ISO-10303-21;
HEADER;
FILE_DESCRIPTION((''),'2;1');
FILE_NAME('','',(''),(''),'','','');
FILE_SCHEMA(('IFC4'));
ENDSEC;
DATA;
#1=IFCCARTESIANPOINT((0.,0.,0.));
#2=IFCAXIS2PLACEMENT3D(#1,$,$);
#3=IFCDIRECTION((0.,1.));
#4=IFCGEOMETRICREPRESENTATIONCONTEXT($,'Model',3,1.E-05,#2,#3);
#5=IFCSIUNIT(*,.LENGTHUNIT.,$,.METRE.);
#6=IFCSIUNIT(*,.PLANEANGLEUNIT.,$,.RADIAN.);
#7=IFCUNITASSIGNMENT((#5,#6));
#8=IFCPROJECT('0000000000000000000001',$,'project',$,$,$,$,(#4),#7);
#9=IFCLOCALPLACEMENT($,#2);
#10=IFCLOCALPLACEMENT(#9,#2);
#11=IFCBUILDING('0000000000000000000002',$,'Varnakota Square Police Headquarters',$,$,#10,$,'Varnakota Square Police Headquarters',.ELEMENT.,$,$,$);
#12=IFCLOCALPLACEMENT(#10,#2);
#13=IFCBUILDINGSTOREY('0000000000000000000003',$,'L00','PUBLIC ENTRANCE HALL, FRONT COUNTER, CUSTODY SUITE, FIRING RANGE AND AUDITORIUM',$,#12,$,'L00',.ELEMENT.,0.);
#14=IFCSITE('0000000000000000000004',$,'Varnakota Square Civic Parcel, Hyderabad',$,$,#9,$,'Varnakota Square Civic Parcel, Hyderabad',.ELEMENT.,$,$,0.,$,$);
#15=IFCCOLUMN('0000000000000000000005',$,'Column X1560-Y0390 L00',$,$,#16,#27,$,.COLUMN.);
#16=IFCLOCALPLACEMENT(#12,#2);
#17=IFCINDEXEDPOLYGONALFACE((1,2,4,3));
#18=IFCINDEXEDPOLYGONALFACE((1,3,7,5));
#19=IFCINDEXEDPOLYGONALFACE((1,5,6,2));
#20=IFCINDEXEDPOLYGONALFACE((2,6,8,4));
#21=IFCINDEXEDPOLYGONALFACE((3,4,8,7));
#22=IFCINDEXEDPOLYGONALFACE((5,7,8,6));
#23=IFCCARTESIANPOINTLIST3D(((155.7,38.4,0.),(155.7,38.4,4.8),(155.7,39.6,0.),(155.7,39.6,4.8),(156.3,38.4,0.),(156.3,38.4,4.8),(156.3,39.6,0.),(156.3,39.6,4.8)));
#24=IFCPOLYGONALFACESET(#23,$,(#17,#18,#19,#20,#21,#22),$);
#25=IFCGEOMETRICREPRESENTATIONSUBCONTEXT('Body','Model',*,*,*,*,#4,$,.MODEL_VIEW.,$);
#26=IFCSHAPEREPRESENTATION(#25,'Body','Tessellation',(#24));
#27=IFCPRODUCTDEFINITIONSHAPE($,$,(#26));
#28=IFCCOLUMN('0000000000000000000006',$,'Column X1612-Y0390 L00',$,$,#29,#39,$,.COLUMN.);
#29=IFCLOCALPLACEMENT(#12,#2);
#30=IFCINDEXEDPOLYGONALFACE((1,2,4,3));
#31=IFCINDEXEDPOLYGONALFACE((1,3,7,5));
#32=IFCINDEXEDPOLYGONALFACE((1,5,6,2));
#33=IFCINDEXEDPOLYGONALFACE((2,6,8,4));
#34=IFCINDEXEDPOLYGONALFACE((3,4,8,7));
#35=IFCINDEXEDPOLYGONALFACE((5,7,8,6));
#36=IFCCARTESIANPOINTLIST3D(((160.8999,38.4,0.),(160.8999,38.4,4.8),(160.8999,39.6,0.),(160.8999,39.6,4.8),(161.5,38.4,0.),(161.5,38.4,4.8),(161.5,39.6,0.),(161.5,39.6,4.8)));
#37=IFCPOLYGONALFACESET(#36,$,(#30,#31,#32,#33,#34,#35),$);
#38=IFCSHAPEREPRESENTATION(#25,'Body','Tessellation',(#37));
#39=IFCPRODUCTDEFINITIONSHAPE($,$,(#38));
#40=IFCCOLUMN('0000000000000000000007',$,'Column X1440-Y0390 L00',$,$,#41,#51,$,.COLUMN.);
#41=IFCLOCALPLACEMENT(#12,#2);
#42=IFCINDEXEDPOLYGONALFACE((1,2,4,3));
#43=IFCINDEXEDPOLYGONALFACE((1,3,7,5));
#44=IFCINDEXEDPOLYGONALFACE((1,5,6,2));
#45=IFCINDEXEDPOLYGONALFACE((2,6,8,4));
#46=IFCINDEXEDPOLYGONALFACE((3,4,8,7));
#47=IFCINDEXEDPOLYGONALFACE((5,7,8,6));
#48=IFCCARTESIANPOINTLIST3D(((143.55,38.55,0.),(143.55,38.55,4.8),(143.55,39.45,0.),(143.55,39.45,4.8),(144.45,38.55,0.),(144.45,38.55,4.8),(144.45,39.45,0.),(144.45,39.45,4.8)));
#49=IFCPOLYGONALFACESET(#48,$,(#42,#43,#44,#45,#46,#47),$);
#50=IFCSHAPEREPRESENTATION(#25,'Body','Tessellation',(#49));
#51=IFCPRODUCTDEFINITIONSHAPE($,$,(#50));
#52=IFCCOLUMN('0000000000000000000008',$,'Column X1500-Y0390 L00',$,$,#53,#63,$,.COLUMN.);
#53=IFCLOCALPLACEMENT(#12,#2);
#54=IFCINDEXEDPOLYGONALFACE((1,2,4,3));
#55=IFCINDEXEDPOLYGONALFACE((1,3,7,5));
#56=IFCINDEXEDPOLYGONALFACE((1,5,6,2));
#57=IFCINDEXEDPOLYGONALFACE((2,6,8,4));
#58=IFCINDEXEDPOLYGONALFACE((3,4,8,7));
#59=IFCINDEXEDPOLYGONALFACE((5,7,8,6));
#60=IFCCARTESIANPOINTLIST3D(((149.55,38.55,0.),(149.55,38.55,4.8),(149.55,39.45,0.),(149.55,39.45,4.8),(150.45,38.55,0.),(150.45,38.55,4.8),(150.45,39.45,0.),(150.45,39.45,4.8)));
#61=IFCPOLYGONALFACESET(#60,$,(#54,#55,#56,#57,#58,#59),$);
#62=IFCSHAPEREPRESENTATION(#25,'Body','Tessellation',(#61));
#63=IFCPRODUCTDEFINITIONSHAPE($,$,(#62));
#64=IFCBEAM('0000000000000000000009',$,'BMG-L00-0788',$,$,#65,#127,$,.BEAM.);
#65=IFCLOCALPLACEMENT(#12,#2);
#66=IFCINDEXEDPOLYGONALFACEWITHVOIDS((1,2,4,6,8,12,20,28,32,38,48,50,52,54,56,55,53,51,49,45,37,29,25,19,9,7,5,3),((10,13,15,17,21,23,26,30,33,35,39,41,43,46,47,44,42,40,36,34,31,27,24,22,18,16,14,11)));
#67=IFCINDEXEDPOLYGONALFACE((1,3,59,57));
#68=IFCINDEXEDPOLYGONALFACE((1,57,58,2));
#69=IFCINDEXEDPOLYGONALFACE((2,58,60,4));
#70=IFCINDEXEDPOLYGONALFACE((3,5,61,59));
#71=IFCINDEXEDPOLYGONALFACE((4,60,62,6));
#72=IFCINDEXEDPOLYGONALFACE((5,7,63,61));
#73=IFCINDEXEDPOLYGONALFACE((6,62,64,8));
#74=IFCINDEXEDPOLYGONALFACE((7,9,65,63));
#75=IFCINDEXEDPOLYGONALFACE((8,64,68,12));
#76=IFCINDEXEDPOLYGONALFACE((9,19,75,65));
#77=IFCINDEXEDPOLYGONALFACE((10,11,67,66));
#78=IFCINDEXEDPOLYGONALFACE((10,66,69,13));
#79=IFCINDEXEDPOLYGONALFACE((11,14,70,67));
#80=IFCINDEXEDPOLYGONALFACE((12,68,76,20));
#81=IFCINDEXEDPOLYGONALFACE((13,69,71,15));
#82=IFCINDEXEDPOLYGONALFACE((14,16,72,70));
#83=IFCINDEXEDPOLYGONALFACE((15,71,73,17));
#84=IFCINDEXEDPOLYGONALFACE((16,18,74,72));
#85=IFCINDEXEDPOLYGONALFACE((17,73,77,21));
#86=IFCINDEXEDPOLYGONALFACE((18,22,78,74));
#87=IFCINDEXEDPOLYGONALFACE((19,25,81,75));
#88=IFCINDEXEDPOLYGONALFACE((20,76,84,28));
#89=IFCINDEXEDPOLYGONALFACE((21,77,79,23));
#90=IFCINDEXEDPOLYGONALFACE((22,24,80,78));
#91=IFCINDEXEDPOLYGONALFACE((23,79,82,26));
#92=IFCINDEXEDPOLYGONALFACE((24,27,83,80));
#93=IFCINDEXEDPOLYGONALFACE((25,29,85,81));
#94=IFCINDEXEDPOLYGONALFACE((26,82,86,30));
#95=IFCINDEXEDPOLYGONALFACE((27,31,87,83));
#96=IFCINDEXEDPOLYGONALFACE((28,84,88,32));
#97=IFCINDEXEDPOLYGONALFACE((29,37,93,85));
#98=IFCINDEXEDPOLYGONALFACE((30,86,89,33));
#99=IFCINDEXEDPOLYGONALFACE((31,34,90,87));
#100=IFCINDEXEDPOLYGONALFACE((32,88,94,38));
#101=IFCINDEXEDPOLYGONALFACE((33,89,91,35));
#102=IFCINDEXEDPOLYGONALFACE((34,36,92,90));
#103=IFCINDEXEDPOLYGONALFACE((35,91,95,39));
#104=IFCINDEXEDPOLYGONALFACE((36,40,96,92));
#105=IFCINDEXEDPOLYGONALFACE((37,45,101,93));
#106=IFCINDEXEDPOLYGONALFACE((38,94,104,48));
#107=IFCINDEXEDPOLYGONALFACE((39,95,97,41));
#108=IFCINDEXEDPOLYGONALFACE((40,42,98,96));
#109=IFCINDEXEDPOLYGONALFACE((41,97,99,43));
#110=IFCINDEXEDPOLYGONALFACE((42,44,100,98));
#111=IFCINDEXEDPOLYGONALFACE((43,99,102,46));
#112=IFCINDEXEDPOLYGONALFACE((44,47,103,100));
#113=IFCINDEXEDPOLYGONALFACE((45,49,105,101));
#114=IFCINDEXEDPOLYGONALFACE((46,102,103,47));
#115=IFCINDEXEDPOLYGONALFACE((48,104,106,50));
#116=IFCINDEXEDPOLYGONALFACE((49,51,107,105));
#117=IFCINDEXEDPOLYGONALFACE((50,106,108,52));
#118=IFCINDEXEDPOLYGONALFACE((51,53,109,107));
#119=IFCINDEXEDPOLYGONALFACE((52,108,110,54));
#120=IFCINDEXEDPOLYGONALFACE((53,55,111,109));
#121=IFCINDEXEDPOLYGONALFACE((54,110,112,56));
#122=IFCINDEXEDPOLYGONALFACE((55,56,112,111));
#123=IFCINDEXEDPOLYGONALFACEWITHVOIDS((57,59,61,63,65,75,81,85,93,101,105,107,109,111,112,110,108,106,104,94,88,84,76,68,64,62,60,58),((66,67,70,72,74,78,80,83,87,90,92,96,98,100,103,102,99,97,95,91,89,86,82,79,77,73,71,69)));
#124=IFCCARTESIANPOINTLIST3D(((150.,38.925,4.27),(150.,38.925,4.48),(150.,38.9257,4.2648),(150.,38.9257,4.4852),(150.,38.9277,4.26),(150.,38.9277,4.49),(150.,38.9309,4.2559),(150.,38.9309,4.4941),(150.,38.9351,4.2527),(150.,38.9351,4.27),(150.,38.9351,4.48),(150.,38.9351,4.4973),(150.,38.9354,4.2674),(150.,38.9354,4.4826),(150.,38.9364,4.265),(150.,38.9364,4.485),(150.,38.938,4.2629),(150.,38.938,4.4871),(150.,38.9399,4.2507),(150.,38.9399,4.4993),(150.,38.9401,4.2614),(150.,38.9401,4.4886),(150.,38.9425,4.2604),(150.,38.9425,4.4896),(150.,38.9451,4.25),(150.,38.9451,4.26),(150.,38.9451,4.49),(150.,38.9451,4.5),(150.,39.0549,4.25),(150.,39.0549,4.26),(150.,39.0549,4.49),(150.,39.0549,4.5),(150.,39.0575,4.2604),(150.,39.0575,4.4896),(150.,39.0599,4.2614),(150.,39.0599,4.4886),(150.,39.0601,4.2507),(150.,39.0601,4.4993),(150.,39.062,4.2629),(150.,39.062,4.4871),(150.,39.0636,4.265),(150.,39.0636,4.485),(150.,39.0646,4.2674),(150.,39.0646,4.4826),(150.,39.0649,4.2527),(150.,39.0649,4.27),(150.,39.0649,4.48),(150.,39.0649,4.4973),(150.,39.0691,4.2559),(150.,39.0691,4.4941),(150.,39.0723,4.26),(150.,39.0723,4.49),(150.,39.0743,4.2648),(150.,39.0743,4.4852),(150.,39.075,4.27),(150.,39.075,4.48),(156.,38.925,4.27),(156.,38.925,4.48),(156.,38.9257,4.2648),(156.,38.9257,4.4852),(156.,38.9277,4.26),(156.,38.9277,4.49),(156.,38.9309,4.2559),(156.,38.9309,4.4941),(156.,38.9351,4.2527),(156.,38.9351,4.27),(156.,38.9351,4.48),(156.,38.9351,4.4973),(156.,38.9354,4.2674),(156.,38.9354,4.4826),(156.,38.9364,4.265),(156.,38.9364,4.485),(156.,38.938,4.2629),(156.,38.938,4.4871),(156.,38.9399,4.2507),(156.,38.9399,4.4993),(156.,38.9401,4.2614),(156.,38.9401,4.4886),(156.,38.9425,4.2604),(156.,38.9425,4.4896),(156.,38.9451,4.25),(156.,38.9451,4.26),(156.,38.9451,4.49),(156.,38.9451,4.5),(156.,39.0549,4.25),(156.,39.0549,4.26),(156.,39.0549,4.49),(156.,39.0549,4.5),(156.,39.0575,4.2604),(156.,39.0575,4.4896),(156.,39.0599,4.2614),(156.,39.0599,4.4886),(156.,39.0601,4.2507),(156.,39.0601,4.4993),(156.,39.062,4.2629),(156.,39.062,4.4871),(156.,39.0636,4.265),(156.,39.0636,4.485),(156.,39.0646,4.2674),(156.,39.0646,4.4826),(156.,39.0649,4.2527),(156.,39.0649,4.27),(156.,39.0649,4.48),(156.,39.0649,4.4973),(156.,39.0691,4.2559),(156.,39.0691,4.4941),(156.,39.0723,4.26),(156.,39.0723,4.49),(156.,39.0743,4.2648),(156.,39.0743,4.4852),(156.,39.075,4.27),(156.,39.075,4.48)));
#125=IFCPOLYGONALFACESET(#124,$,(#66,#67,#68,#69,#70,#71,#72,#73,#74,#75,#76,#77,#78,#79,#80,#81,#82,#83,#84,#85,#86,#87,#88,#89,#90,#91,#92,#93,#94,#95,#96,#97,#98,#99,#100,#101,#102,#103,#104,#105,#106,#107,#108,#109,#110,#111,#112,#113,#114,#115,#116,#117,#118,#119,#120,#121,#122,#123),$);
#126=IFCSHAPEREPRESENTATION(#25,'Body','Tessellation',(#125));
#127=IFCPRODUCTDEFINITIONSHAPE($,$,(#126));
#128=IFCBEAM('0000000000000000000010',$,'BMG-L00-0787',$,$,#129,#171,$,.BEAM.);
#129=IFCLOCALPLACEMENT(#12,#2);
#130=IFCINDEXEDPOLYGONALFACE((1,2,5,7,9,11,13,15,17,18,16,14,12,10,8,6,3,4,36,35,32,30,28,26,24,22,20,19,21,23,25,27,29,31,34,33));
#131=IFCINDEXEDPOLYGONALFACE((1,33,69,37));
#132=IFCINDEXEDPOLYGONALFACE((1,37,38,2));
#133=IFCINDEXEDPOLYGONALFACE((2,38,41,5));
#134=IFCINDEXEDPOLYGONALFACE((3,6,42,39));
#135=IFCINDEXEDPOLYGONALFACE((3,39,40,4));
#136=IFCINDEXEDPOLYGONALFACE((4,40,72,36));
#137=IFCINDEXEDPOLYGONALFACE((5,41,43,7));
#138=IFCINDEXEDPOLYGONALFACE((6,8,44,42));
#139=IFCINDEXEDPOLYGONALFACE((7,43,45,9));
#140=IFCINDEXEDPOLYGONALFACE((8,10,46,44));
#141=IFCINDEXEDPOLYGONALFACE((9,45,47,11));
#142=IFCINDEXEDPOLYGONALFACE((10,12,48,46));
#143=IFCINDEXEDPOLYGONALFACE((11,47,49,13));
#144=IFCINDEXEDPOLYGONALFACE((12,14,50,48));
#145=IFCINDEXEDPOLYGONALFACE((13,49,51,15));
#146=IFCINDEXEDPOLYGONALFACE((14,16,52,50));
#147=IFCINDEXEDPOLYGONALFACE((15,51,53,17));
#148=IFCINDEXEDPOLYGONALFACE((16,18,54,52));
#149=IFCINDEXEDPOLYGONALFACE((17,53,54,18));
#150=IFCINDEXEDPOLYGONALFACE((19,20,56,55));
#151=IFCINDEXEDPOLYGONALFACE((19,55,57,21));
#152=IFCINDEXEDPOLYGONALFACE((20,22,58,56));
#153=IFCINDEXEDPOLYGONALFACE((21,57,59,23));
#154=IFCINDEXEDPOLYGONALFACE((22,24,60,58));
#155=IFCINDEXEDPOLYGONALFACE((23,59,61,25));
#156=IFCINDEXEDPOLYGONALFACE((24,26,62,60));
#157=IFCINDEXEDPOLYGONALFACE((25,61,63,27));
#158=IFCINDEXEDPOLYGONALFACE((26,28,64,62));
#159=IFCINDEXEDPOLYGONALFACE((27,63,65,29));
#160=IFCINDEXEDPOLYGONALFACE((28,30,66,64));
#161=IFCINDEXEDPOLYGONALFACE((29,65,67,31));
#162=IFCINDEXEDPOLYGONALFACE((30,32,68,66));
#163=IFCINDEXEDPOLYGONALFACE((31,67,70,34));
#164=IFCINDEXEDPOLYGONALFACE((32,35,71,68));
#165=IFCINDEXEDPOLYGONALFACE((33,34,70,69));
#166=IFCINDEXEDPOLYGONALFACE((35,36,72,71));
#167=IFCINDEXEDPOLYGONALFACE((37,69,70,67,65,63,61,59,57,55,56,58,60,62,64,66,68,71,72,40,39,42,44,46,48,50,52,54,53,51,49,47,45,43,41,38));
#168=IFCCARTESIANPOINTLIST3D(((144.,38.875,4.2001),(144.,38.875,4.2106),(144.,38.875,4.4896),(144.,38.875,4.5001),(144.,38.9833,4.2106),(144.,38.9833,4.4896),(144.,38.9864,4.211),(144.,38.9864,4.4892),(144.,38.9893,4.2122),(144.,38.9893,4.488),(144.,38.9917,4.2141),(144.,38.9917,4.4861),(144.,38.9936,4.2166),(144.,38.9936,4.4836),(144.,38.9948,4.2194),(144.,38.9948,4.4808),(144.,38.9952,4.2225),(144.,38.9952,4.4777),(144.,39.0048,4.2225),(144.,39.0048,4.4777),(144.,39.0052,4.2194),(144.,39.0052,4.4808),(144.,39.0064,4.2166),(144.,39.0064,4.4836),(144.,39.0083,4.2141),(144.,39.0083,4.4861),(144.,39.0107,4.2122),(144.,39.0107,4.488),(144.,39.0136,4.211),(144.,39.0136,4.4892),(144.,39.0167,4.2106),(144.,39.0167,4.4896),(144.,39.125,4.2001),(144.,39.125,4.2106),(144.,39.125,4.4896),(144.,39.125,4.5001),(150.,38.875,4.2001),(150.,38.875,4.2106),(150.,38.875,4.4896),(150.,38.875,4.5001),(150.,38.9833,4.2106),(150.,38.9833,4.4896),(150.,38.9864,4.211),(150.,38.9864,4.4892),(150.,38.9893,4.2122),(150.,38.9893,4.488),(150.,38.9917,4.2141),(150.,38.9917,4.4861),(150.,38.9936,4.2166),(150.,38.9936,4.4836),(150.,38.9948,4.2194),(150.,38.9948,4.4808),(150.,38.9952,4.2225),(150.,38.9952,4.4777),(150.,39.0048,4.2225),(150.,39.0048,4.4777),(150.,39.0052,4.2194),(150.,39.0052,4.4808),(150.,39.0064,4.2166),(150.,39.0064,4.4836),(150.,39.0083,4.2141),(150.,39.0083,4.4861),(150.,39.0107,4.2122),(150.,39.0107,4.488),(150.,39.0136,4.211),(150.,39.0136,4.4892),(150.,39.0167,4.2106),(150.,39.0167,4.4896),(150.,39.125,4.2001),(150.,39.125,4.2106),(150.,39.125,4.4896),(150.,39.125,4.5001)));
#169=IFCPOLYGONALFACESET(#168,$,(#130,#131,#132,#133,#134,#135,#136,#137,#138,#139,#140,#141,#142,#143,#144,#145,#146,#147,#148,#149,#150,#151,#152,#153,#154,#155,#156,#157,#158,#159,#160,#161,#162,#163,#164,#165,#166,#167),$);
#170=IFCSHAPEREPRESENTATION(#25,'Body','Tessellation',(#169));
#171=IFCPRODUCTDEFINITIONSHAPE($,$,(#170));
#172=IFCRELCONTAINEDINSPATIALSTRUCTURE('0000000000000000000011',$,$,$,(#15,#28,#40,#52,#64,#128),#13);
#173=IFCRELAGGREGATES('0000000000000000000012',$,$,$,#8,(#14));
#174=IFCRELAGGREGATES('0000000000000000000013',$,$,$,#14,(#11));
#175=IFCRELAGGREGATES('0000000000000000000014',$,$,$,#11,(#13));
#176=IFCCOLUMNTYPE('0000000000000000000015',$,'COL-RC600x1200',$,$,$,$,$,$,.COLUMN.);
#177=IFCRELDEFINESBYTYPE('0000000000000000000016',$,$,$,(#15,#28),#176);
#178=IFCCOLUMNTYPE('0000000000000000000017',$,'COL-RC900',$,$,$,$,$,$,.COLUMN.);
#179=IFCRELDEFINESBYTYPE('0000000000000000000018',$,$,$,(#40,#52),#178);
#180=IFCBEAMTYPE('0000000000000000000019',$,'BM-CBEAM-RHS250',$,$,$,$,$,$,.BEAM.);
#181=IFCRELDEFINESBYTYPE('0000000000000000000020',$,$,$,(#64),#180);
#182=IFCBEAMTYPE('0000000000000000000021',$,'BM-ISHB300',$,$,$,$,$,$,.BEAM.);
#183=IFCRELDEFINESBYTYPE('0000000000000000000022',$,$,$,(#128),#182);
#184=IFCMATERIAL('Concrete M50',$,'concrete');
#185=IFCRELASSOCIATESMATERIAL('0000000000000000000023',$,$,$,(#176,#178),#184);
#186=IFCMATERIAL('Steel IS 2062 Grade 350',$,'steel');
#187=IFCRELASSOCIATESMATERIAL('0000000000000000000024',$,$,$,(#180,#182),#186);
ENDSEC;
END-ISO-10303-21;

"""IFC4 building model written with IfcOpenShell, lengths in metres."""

from ifc_helpers import new_model, si_unit, direction, frame, origin, origin_2d, place, context, subcontext, project, spatial, rectangle, hollow_rectangle, i_section, extrude, material, material_profile, profile_set, type_object, element, save


model = new_model("IFC4")

# Units and contexts
model_context = context("Model", 3, precision=1e-05, world=origin(), true_north=direction((0.0, 1.0)))
body_context = subcontext(model_context, "Body", "Model", "MODEL_VIEW")
ifc_project = project(units=[si_unit("LENGTHUNIT", "METRE"), si_unit("PLANEANGLEUNIT", "RADIAN")], contexts=[model_context])

# Site, building, storey
site_placement = place(None, origin())
site = spatial("IfcSite", under=ifc_project, at=site_placement, Name="Varnakota Square Civic Parcel, Hyderabad", LongName="Varnakota Square Civic Parcel, Hyderabad", CompositionType="ELEMENT", RefElevation=0.0)
building_placement = place(site_placement, origin())
building = spatial("IfcBuilding", under=site, at=building_placement, Name="Varnakota Square Police Headquarters", LongName="Varnakota Square Police Headquarters", CompositionType="ELEMENT")
storey_placement = place(building_placement, origin())
storey = spatial("IfcBuildingStorey", under=building, at=storey_placement, Name="L00", Description="PUBLIC ENTRANCE HALL, FRONT COUNTER, CUSTODY SUITE, FIRING RANGE AND AUDITORIUM", LongName="L00", CompositionType="ELEMENT", Elevation=0.0)

# Columns
ifc_material_1 = material(Name="Concrete M50", Category="concrete")
ifc_material_profile_1 = material_profile(ifc_material_1, rectangle(XDim=0.6001, YDim=1.2, at=origin_2d()), Name="RC 600x1200")
ifc_profile_set_1 = profile_set([ifc_material_profile_1], Name="Concrete M50")
column_type_1 = type_object("IfcColumnType", Name="COL-RC600x1200", PredefinedType="COLUMN", material=ifc_profile_set_1)
for number, where, z_axis, x_axis, name in (
    (1, (156.0, 39.0, 0.0), (0.0, 0.0, 1.0), (1.0, 0.0, 0.0), "Column X1560-Y0390 L00"),
    (2, (161.2, 39.0, 0.0), (0.0, 0.0, 1.0), (1.0, 0.0, 0.0), "Column X1612-Y0390 L00"),
):
    element("IfcColumn", number, at=place(storey_placement, frame(where, z_axis=z_axis, x_axis=x_axis)), inside=storey, type_object=column_type_1, Name=name, PredefinedType="COLUMN", context=body_context, shape_type="SweptSolid", body=[
        extrude(rectangle(XDim=0.6001, YDim=1.2, at=origin_2d()), origin(), (0.0, 0.0, 1.0), 4.8),
    ])
ifc_material_profile_2 = material_profile(ifc_material_1, rectangle(XDim=0.8999, YDim=0.8999, at=origin_2d()), Name="RC 900x900")
ifc_profile_set_2 = profile_set([ifc_material_profile_2], Name="Concrete M50")
column_type_2 = type_object("IfcColumnType", Name="COL-RC900", PredefinedType="COLUMN", material=ifc_profile_set_2)
for number, where, z_axis, x_axis, name in (
    (3, (144.0, 39.0, 0.0), (0.0, 0.0, 1.0), (1.0, 0.0, 0.0), "Column X1440-Y0390 L00"),
    (4, (150.0, 39.0, 0.0), (0.0, 0.0, 1.0), (1.0, 0.0, 0.0), "Column X1500-Y0390 L00"),
):
    element("IfcColumn", number, at=place(storey_placement, frame(where, z_axis=z_axis, x_axis=x_axis)), inside=storey, type_object=column_type_2, Name=name, PredefinedType="COLUMN", context=body_context, shape_type="SweptSolid", body=[
        extrude(rectangle(XDim=0.8999, YDim=0.8999, at=origin_2d()), origin(), (0.0, 0.0, 1.0), 4.8),
    ])

# Beams
ifc_material_2 = material(Name="Steel IS 2062 Grade 350", Category="steel")
ifc_material_profile_3 = material_profile(ifc_material_2, hollow_rectangle(XDim=0.1499, YDim=0.25, WallThickness=0.01, InnerFilletRadius=0.01, OuterFilletRadius=0.02, at=origin_2d()), Name="RHS 250x150x10")
ifc_profile_set_3 = profile_set([ifc_material_profile_3], Name="Steel IS 2062 Grade 350")
beam_type_1 = type_object("IfcBeamType", Name="BM-CBEAM-RHS250", PredefinedType="BEAM", material=ifc_profile_set_3)
beam_1_placement = place(storey_placement, frame((150.0, 39.0, 4.375), z_axis=(1.0, 0.0, 0.0), x_axis=(0.0, 1.0, 0.0)))
element("IfcBeam", 5, at=beam_1_placement, inside=storey, type_object=beam_type_1, Name="BMG-L00-0788", PredefinedType="BEAM", context=body_context, shape_type="SweptSolid", body=[
    extrude(hollow_rectangle(XDim=0.1499, YDim=0.25, WallThickness=0.01, InnerFilletRadius=0.01, OuterFilletRadius=0.02, at=origin_2d()), origin(), (0.0, 0.0, 1.0), 6.0),
])
ifc_material_profile_4 = material_profile(ifc_material_2, i_section(OverallWidth=0.25, OverallDepth=0.3, WebThickness=0.0095, FlangeThickness=0.0105, FilletRadius=0.012, at=origin_2d()), Name="ISHB 300")
ifc_profile_set_4 = profile_set([ifc_material_profile_4], Name="Steel IS 2062 Grade 350")
beam_type_2 = type_object("IfcBeamType", Name="BM-ISHB300", PredefinedType="BEAM", material=ifc_profile_set_4)
beam_2_placement = place(storey_placement, frame((144.0, 39.0, 4.3501), z_axis=(1.0, 0.0, 0.0), x_axis=(0.0, 1.0, 0.0)))
element("IfcBeam", 6, at=beam_2_placement, inside=storey, type_object=beam_type_2, Name="BMG-L00-0787", PredefinedType="BEAM", context=body_context, shape_type="SweptSolid", body=[
    extrude(i_section(OverallWidth=0.25, OverallDepth=0.3, WebThickness=0.0095, FlangeThickness=0.0105, FilletRadius=0.012, at=origin_2d()), origin(), (0.0, 0.0, 1.0), 6.0),
])

save(model, "model.ifc")
